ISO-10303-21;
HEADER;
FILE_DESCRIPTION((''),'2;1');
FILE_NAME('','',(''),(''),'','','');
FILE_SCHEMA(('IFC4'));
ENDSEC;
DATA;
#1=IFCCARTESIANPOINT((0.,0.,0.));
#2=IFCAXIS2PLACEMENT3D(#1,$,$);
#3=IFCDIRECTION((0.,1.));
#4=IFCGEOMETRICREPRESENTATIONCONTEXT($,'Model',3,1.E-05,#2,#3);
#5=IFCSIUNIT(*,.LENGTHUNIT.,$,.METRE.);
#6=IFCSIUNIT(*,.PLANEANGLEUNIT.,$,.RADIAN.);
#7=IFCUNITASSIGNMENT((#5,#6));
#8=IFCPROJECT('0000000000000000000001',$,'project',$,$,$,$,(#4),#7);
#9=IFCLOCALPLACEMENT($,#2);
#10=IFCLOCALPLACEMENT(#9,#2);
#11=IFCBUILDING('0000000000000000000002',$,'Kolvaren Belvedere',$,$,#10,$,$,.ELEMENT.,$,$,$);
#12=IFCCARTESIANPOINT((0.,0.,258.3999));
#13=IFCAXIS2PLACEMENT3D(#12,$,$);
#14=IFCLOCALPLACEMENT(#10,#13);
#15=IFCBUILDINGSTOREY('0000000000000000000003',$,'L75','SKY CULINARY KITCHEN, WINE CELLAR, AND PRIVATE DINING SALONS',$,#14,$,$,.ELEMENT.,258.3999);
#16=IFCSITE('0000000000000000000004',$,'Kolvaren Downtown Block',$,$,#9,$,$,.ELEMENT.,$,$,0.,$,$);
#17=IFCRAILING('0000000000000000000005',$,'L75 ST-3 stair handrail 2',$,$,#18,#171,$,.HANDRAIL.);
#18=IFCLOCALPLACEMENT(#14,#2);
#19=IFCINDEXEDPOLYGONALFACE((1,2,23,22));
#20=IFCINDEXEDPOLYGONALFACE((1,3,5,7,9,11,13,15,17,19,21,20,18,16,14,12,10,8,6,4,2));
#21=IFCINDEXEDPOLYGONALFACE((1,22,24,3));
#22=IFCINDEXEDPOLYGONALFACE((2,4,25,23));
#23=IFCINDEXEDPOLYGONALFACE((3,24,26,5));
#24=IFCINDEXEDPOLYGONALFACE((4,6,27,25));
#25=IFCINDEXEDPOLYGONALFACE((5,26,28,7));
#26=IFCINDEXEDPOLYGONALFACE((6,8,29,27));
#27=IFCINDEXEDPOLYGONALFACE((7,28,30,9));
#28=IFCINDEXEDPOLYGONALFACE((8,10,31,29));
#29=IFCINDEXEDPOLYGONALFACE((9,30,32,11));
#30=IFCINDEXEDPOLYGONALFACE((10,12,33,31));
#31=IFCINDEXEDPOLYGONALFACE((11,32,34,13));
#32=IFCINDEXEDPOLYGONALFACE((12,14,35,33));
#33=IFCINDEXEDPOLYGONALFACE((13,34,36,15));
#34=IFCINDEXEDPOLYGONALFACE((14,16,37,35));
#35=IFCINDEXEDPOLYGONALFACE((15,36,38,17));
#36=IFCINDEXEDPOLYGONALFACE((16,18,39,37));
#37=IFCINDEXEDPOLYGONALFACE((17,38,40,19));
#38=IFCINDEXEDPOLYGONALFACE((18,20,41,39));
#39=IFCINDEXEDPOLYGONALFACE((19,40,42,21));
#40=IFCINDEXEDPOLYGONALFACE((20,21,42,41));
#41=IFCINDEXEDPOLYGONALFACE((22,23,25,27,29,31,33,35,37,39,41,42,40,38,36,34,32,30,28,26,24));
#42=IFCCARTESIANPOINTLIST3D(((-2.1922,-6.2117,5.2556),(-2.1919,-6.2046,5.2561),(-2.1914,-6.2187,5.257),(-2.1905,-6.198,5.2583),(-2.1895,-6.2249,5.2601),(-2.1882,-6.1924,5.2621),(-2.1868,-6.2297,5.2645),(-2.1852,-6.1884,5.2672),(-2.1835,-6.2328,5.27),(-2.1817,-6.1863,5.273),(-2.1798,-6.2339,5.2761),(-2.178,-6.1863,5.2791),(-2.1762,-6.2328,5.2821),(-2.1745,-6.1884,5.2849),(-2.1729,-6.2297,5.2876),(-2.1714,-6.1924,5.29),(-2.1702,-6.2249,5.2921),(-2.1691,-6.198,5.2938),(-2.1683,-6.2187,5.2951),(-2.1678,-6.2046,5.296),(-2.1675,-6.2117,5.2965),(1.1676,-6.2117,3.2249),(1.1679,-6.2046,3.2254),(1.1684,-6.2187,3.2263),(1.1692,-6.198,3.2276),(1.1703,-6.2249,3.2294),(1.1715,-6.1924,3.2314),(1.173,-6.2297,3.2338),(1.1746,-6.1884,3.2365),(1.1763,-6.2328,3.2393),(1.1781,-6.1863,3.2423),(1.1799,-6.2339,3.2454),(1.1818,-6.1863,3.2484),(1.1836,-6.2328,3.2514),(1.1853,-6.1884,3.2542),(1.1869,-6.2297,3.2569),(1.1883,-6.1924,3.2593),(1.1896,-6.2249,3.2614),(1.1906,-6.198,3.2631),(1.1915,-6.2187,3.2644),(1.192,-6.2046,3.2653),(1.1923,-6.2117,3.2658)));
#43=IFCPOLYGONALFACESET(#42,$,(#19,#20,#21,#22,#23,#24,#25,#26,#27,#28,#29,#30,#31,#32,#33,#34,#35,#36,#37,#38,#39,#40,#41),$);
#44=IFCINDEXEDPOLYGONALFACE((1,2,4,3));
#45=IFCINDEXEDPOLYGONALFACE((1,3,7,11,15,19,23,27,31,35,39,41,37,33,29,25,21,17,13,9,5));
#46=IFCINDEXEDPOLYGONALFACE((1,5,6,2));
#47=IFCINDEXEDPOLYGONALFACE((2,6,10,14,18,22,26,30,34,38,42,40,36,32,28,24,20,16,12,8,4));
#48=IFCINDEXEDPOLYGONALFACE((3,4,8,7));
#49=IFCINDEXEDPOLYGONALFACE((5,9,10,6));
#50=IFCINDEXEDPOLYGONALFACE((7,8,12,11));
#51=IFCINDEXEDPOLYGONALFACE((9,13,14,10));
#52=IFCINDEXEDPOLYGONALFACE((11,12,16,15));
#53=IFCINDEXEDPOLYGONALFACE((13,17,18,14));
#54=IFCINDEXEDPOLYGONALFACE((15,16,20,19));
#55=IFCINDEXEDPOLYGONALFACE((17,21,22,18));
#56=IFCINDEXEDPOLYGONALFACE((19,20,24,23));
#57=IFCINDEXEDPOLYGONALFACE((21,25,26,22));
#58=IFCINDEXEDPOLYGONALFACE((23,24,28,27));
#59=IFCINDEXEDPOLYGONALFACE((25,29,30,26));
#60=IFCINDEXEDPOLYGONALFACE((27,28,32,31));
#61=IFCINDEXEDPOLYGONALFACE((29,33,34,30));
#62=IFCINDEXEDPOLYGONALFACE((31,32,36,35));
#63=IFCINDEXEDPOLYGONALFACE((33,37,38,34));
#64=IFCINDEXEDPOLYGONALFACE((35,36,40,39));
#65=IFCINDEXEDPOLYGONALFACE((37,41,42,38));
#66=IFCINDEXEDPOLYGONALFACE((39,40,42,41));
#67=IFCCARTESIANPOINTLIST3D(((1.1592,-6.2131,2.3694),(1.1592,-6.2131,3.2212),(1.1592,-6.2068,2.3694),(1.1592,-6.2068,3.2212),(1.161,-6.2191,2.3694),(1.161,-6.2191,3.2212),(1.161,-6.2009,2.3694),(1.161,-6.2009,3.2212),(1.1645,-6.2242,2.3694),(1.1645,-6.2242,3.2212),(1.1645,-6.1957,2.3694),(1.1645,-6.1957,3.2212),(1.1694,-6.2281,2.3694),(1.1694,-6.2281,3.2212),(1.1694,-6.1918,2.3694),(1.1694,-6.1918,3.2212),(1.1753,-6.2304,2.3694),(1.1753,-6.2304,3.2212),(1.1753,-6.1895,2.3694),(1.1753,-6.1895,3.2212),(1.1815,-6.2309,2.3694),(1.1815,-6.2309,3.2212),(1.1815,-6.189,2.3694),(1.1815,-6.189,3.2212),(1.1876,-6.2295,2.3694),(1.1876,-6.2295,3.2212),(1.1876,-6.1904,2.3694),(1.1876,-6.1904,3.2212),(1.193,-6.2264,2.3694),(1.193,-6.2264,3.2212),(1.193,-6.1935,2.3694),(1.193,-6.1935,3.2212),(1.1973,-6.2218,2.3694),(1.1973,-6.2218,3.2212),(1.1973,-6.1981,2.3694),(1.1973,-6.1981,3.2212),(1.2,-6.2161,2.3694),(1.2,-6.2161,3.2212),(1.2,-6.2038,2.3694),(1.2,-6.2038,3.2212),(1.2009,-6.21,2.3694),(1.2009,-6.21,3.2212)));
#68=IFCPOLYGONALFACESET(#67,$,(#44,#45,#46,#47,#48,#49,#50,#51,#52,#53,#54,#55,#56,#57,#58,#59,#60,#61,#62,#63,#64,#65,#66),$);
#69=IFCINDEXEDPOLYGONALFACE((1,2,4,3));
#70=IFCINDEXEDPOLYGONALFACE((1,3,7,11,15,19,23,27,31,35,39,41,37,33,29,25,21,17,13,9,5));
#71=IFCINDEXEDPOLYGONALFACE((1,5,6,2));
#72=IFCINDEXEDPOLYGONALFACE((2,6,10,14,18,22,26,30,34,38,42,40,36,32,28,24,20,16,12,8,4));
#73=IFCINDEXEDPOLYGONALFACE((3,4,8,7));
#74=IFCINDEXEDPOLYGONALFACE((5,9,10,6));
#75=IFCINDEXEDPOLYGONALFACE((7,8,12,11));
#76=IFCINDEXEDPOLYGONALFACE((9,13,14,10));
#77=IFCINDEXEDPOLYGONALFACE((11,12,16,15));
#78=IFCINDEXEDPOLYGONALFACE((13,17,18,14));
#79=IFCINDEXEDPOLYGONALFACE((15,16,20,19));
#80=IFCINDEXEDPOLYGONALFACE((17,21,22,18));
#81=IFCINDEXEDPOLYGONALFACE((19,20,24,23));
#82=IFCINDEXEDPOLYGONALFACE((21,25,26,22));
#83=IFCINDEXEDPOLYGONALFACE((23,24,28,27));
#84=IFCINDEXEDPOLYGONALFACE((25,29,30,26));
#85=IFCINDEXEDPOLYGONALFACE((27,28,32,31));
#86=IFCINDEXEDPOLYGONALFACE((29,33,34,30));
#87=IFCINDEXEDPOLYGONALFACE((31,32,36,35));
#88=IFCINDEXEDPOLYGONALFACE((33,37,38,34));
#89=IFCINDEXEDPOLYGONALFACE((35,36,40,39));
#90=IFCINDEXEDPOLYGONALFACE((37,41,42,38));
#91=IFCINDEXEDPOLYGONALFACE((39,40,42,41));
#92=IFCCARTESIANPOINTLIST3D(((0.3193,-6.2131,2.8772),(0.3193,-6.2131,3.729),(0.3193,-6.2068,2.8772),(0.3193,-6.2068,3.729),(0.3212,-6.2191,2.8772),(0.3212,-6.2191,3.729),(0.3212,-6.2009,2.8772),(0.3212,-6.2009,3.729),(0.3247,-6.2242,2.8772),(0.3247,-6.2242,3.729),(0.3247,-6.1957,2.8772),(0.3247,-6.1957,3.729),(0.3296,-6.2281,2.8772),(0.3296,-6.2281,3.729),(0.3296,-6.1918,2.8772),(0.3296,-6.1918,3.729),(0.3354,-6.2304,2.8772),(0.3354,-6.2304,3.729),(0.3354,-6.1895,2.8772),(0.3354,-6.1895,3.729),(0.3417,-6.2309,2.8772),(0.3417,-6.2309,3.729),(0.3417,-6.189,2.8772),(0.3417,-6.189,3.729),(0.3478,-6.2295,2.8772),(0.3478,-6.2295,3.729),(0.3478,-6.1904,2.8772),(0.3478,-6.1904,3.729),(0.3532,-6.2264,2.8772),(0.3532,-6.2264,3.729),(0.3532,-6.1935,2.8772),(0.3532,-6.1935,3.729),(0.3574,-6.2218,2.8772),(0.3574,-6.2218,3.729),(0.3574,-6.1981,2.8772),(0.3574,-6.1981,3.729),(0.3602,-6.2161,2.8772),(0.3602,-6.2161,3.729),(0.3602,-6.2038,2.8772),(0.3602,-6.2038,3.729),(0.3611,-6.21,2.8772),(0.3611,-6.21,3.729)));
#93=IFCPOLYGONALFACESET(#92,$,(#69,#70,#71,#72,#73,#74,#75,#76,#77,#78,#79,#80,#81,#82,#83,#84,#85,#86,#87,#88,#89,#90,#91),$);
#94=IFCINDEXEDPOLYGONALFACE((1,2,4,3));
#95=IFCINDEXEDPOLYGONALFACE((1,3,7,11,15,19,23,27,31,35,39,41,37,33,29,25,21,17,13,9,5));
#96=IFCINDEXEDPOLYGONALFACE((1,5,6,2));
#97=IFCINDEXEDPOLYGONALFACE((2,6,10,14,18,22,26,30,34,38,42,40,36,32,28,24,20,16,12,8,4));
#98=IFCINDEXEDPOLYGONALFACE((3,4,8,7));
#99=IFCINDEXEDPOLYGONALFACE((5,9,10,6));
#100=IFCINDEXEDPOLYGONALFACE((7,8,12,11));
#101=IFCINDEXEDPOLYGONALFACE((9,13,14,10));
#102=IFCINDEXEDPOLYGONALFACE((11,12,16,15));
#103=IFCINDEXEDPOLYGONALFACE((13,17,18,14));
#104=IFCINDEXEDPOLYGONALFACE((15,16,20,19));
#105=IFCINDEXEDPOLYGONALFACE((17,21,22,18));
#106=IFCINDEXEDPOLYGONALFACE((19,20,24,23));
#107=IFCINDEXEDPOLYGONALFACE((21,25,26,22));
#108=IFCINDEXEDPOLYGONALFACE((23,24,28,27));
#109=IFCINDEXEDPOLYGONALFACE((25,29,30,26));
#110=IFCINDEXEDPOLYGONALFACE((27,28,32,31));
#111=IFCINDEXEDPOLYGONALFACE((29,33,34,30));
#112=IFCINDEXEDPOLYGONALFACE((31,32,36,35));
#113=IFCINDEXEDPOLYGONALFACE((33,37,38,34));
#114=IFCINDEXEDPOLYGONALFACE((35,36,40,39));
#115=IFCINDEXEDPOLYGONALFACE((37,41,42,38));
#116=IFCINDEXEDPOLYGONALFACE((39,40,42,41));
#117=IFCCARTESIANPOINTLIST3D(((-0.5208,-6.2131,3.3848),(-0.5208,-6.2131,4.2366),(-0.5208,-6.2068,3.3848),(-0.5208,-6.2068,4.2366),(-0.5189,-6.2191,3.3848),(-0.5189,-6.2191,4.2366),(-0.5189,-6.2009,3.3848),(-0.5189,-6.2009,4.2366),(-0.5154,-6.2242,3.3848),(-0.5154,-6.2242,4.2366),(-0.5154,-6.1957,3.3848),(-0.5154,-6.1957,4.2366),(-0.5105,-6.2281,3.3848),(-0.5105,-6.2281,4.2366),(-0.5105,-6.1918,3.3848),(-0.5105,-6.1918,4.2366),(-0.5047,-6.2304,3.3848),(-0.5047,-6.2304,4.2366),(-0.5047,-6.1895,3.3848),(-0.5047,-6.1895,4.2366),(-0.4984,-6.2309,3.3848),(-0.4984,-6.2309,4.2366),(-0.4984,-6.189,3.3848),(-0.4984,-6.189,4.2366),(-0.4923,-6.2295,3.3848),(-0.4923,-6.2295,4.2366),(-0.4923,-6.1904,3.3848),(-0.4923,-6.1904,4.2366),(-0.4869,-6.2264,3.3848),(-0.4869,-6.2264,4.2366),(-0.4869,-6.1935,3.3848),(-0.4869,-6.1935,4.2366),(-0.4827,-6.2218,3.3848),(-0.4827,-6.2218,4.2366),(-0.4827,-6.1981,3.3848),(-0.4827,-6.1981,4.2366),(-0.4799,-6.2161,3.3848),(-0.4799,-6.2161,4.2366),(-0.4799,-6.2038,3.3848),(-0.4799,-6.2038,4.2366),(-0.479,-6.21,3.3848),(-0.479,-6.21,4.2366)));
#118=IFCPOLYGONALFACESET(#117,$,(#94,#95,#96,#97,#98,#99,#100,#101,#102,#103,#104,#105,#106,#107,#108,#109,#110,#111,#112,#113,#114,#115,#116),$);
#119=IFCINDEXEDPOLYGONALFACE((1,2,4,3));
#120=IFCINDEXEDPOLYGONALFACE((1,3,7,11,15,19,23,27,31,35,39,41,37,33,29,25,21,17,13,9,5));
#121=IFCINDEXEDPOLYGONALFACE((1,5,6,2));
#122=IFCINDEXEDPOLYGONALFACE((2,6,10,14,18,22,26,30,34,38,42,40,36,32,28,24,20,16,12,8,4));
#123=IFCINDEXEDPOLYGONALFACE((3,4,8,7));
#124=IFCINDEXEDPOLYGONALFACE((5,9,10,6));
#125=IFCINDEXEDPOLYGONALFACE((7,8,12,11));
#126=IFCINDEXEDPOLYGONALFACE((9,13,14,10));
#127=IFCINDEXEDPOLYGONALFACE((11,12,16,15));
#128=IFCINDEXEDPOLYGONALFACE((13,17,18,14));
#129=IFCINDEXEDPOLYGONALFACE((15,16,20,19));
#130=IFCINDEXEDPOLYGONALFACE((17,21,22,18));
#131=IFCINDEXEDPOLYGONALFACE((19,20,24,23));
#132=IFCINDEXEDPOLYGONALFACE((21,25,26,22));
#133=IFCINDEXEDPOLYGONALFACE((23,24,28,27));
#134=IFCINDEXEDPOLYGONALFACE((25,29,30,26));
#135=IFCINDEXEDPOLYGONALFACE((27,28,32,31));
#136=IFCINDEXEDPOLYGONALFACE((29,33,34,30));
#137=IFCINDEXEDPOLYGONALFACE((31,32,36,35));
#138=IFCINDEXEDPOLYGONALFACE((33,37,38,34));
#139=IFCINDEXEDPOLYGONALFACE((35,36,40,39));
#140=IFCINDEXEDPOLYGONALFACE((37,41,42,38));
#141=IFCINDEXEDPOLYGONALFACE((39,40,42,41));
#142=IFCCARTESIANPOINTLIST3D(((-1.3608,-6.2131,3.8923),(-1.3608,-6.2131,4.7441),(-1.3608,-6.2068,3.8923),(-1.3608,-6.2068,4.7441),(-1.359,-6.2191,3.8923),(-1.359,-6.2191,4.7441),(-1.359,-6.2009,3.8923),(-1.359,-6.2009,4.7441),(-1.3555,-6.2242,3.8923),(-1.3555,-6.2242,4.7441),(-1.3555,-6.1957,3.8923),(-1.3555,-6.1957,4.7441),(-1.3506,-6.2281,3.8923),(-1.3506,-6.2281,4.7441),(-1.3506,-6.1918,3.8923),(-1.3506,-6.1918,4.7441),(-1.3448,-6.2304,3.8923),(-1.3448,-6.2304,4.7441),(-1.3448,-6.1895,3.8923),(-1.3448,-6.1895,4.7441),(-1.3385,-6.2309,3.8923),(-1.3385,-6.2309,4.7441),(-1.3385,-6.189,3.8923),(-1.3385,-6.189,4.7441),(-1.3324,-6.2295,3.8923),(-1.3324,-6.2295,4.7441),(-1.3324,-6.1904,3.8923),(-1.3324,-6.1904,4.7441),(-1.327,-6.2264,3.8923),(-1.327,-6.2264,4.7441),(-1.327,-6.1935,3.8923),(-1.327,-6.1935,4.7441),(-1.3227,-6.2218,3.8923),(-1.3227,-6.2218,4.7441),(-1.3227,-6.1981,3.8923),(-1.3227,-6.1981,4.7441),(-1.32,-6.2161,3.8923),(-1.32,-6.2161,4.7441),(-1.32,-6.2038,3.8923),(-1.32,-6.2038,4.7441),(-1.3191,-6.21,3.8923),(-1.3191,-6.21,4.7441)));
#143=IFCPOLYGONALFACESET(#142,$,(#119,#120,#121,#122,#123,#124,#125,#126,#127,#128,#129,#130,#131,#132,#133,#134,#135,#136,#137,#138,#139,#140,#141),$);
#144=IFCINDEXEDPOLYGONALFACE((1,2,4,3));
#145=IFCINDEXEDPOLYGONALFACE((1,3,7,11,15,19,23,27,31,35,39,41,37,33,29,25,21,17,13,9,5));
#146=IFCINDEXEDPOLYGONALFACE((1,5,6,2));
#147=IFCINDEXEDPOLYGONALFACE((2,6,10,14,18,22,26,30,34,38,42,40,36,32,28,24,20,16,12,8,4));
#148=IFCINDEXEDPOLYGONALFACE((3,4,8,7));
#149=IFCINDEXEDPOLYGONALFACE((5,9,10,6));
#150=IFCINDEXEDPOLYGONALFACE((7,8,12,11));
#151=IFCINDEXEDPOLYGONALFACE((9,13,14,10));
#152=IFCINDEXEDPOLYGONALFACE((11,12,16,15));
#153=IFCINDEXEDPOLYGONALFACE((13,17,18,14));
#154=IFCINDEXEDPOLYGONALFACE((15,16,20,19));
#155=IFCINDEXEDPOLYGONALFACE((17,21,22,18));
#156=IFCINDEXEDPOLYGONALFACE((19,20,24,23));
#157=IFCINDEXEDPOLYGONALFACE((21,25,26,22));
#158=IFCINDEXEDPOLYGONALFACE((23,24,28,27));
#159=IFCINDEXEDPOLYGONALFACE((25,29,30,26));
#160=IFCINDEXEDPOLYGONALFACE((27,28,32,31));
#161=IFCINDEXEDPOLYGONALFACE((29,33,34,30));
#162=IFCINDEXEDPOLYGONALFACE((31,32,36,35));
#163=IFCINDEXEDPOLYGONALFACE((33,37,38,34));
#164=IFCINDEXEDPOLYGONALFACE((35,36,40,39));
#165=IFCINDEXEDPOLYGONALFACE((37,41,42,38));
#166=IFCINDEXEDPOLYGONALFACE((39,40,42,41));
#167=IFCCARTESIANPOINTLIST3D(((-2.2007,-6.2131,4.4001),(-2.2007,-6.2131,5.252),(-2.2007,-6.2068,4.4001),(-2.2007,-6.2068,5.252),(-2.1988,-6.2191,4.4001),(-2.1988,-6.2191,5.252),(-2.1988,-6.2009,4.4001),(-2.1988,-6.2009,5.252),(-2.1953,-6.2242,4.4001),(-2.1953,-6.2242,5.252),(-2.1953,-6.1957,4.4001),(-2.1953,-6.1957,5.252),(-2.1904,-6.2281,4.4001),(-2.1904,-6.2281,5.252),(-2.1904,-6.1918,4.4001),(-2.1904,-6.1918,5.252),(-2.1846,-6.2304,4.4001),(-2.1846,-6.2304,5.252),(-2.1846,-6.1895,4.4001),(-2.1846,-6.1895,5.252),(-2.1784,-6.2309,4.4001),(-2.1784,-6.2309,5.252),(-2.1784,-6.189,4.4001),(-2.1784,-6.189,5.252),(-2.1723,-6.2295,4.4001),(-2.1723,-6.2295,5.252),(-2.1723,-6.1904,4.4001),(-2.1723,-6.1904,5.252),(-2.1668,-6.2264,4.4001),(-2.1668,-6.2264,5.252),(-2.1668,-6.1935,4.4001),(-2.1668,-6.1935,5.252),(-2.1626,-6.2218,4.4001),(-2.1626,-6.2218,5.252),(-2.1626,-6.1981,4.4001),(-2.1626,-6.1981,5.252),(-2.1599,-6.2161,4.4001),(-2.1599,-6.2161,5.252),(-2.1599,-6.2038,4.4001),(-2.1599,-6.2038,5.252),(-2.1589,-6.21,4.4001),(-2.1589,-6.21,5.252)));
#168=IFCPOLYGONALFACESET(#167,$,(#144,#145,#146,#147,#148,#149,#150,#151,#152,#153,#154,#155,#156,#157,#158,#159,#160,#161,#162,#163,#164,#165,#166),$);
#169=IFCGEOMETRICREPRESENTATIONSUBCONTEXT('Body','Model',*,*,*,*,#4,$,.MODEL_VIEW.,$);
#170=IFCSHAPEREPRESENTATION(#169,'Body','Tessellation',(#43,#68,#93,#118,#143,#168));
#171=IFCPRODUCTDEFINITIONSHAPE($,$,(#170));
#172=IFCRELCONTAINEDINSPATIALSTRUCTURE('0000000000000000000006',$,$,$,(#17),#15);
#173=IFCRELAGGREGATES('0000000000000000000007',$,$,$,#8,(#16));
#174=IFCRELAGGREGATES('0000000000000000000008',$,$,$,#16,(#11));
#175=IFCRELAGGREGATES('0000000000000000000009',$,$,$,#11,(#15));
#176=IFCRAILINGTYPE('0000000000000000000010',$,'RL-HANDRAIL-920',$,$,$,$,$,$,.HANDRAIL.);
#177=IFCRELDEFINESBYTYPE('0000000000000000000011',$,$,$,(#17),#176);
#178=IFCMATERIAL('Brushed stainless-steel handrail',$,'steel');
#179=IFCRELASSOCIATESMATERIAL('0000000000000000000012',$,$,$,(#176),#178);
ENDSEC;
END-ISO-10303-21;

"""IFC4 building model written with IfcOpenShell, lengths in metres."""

from ifc_helpers import new_model, si_unit, direction, frame, origin, origin_2d, place, context, subcontext, project, spatial, circle, extrude, material, type_object, element, save


model = new_model("IFC4")

# Units and contexts
model_context = context("Model", 3, precision=1e-05, world=origin(), true_north=direction((0.0, 1.0)))
body_context = subcontext(model_context, "Body", "Model", "MODEL_VIEW")
ifc_project = project(units=[si_unit("LENGTHUNIT", "METRE"), si_unit("PLANEANGLEUNIT", "RADIAN")], contexts=[model_context])

# Site, building, storey
site_placement = place(None, origin())
site = spatial("IfcSite", under=ifc_project, at=site_placement, Name="Kolvaren Downtown Block", CompositionType="ELEMENT", RefElevation=0.0)
building_placement = place(site_placement, origin())
building = spatial("IfcBuilding", under=site, at=building_placement, Name="Kolvaren Belvedere", CompositionType="ELEMENT")
storey_placement = place(building_placement, frame((0.0, 0.0, 258.3999)))
storey = spatial("IfcBuildingStorey", under=building, at=storey_placement, Name="L75", Description="SKY CULINARY KITCHEN, WINE CELLAR, AND PRIVATE DINING SALONS", CompositionType="ELEMENT", Elevation=258.3999)

# Railing
ifc_material_1 = material(Name="Brushed stainless-steel handrail", Category="steel")
railing_type_1 = type_object("IfcRailingType", Name="RL-HANDRAIL-920", PredefinedType="HANDRAIL", material=ifc_material_1)
railing_1_placement = place(storey_placement, frame((1.1799, -6.21, 2.3694)))
element("IfcRailing", 1, at=railing_1_placement, inside=storey, type_object=railing_type_1, Name="L75 ST-3 stair handrail 2", PredefinedType="HANDRAIL", context=body_context, shape_type="SweptSolid", body=[
    extrude(circle(Radius=0.0239, at=origin_2d()), frame((0.0, 0.0, 0.876), z_axis=(-0.85582, 0.0, 0.517273), x_axis=(0.0, -1.0, 0.0)), (0.0, 0.0, 1.0), 3.9258),
    extrude(circle(Radius=0.021, at=origin_2d()), origin(), (0.0, 0.0, 1.0), 0.8518),
    extrude(circle(Radius=0.021, at=origin_2d()), frame((-0.8398, 0.0, 0.5078)), (0.0, 0.0, 1.0), 0.8518),
    extrude(circle(Radius=0.021, at=origin_2d()), frame((-1.6799, 0.0, 1.0154)), (0.0, 0.0, 1.0), 0.8518),
    extrude(circle(Radius=0.021, at=origin_2d()), frame((-2.52, 0.0, 1.5229)), (0.0, 0.0, 1.0), 0.8518),
    extrude(circle(Radius=0.021, at=origin_2d()), frame((-3.3599, 0.0, 2.0308)), (0.0, 0.0, 1.0), 0.8518),
])

save(model, "model.ifc")
